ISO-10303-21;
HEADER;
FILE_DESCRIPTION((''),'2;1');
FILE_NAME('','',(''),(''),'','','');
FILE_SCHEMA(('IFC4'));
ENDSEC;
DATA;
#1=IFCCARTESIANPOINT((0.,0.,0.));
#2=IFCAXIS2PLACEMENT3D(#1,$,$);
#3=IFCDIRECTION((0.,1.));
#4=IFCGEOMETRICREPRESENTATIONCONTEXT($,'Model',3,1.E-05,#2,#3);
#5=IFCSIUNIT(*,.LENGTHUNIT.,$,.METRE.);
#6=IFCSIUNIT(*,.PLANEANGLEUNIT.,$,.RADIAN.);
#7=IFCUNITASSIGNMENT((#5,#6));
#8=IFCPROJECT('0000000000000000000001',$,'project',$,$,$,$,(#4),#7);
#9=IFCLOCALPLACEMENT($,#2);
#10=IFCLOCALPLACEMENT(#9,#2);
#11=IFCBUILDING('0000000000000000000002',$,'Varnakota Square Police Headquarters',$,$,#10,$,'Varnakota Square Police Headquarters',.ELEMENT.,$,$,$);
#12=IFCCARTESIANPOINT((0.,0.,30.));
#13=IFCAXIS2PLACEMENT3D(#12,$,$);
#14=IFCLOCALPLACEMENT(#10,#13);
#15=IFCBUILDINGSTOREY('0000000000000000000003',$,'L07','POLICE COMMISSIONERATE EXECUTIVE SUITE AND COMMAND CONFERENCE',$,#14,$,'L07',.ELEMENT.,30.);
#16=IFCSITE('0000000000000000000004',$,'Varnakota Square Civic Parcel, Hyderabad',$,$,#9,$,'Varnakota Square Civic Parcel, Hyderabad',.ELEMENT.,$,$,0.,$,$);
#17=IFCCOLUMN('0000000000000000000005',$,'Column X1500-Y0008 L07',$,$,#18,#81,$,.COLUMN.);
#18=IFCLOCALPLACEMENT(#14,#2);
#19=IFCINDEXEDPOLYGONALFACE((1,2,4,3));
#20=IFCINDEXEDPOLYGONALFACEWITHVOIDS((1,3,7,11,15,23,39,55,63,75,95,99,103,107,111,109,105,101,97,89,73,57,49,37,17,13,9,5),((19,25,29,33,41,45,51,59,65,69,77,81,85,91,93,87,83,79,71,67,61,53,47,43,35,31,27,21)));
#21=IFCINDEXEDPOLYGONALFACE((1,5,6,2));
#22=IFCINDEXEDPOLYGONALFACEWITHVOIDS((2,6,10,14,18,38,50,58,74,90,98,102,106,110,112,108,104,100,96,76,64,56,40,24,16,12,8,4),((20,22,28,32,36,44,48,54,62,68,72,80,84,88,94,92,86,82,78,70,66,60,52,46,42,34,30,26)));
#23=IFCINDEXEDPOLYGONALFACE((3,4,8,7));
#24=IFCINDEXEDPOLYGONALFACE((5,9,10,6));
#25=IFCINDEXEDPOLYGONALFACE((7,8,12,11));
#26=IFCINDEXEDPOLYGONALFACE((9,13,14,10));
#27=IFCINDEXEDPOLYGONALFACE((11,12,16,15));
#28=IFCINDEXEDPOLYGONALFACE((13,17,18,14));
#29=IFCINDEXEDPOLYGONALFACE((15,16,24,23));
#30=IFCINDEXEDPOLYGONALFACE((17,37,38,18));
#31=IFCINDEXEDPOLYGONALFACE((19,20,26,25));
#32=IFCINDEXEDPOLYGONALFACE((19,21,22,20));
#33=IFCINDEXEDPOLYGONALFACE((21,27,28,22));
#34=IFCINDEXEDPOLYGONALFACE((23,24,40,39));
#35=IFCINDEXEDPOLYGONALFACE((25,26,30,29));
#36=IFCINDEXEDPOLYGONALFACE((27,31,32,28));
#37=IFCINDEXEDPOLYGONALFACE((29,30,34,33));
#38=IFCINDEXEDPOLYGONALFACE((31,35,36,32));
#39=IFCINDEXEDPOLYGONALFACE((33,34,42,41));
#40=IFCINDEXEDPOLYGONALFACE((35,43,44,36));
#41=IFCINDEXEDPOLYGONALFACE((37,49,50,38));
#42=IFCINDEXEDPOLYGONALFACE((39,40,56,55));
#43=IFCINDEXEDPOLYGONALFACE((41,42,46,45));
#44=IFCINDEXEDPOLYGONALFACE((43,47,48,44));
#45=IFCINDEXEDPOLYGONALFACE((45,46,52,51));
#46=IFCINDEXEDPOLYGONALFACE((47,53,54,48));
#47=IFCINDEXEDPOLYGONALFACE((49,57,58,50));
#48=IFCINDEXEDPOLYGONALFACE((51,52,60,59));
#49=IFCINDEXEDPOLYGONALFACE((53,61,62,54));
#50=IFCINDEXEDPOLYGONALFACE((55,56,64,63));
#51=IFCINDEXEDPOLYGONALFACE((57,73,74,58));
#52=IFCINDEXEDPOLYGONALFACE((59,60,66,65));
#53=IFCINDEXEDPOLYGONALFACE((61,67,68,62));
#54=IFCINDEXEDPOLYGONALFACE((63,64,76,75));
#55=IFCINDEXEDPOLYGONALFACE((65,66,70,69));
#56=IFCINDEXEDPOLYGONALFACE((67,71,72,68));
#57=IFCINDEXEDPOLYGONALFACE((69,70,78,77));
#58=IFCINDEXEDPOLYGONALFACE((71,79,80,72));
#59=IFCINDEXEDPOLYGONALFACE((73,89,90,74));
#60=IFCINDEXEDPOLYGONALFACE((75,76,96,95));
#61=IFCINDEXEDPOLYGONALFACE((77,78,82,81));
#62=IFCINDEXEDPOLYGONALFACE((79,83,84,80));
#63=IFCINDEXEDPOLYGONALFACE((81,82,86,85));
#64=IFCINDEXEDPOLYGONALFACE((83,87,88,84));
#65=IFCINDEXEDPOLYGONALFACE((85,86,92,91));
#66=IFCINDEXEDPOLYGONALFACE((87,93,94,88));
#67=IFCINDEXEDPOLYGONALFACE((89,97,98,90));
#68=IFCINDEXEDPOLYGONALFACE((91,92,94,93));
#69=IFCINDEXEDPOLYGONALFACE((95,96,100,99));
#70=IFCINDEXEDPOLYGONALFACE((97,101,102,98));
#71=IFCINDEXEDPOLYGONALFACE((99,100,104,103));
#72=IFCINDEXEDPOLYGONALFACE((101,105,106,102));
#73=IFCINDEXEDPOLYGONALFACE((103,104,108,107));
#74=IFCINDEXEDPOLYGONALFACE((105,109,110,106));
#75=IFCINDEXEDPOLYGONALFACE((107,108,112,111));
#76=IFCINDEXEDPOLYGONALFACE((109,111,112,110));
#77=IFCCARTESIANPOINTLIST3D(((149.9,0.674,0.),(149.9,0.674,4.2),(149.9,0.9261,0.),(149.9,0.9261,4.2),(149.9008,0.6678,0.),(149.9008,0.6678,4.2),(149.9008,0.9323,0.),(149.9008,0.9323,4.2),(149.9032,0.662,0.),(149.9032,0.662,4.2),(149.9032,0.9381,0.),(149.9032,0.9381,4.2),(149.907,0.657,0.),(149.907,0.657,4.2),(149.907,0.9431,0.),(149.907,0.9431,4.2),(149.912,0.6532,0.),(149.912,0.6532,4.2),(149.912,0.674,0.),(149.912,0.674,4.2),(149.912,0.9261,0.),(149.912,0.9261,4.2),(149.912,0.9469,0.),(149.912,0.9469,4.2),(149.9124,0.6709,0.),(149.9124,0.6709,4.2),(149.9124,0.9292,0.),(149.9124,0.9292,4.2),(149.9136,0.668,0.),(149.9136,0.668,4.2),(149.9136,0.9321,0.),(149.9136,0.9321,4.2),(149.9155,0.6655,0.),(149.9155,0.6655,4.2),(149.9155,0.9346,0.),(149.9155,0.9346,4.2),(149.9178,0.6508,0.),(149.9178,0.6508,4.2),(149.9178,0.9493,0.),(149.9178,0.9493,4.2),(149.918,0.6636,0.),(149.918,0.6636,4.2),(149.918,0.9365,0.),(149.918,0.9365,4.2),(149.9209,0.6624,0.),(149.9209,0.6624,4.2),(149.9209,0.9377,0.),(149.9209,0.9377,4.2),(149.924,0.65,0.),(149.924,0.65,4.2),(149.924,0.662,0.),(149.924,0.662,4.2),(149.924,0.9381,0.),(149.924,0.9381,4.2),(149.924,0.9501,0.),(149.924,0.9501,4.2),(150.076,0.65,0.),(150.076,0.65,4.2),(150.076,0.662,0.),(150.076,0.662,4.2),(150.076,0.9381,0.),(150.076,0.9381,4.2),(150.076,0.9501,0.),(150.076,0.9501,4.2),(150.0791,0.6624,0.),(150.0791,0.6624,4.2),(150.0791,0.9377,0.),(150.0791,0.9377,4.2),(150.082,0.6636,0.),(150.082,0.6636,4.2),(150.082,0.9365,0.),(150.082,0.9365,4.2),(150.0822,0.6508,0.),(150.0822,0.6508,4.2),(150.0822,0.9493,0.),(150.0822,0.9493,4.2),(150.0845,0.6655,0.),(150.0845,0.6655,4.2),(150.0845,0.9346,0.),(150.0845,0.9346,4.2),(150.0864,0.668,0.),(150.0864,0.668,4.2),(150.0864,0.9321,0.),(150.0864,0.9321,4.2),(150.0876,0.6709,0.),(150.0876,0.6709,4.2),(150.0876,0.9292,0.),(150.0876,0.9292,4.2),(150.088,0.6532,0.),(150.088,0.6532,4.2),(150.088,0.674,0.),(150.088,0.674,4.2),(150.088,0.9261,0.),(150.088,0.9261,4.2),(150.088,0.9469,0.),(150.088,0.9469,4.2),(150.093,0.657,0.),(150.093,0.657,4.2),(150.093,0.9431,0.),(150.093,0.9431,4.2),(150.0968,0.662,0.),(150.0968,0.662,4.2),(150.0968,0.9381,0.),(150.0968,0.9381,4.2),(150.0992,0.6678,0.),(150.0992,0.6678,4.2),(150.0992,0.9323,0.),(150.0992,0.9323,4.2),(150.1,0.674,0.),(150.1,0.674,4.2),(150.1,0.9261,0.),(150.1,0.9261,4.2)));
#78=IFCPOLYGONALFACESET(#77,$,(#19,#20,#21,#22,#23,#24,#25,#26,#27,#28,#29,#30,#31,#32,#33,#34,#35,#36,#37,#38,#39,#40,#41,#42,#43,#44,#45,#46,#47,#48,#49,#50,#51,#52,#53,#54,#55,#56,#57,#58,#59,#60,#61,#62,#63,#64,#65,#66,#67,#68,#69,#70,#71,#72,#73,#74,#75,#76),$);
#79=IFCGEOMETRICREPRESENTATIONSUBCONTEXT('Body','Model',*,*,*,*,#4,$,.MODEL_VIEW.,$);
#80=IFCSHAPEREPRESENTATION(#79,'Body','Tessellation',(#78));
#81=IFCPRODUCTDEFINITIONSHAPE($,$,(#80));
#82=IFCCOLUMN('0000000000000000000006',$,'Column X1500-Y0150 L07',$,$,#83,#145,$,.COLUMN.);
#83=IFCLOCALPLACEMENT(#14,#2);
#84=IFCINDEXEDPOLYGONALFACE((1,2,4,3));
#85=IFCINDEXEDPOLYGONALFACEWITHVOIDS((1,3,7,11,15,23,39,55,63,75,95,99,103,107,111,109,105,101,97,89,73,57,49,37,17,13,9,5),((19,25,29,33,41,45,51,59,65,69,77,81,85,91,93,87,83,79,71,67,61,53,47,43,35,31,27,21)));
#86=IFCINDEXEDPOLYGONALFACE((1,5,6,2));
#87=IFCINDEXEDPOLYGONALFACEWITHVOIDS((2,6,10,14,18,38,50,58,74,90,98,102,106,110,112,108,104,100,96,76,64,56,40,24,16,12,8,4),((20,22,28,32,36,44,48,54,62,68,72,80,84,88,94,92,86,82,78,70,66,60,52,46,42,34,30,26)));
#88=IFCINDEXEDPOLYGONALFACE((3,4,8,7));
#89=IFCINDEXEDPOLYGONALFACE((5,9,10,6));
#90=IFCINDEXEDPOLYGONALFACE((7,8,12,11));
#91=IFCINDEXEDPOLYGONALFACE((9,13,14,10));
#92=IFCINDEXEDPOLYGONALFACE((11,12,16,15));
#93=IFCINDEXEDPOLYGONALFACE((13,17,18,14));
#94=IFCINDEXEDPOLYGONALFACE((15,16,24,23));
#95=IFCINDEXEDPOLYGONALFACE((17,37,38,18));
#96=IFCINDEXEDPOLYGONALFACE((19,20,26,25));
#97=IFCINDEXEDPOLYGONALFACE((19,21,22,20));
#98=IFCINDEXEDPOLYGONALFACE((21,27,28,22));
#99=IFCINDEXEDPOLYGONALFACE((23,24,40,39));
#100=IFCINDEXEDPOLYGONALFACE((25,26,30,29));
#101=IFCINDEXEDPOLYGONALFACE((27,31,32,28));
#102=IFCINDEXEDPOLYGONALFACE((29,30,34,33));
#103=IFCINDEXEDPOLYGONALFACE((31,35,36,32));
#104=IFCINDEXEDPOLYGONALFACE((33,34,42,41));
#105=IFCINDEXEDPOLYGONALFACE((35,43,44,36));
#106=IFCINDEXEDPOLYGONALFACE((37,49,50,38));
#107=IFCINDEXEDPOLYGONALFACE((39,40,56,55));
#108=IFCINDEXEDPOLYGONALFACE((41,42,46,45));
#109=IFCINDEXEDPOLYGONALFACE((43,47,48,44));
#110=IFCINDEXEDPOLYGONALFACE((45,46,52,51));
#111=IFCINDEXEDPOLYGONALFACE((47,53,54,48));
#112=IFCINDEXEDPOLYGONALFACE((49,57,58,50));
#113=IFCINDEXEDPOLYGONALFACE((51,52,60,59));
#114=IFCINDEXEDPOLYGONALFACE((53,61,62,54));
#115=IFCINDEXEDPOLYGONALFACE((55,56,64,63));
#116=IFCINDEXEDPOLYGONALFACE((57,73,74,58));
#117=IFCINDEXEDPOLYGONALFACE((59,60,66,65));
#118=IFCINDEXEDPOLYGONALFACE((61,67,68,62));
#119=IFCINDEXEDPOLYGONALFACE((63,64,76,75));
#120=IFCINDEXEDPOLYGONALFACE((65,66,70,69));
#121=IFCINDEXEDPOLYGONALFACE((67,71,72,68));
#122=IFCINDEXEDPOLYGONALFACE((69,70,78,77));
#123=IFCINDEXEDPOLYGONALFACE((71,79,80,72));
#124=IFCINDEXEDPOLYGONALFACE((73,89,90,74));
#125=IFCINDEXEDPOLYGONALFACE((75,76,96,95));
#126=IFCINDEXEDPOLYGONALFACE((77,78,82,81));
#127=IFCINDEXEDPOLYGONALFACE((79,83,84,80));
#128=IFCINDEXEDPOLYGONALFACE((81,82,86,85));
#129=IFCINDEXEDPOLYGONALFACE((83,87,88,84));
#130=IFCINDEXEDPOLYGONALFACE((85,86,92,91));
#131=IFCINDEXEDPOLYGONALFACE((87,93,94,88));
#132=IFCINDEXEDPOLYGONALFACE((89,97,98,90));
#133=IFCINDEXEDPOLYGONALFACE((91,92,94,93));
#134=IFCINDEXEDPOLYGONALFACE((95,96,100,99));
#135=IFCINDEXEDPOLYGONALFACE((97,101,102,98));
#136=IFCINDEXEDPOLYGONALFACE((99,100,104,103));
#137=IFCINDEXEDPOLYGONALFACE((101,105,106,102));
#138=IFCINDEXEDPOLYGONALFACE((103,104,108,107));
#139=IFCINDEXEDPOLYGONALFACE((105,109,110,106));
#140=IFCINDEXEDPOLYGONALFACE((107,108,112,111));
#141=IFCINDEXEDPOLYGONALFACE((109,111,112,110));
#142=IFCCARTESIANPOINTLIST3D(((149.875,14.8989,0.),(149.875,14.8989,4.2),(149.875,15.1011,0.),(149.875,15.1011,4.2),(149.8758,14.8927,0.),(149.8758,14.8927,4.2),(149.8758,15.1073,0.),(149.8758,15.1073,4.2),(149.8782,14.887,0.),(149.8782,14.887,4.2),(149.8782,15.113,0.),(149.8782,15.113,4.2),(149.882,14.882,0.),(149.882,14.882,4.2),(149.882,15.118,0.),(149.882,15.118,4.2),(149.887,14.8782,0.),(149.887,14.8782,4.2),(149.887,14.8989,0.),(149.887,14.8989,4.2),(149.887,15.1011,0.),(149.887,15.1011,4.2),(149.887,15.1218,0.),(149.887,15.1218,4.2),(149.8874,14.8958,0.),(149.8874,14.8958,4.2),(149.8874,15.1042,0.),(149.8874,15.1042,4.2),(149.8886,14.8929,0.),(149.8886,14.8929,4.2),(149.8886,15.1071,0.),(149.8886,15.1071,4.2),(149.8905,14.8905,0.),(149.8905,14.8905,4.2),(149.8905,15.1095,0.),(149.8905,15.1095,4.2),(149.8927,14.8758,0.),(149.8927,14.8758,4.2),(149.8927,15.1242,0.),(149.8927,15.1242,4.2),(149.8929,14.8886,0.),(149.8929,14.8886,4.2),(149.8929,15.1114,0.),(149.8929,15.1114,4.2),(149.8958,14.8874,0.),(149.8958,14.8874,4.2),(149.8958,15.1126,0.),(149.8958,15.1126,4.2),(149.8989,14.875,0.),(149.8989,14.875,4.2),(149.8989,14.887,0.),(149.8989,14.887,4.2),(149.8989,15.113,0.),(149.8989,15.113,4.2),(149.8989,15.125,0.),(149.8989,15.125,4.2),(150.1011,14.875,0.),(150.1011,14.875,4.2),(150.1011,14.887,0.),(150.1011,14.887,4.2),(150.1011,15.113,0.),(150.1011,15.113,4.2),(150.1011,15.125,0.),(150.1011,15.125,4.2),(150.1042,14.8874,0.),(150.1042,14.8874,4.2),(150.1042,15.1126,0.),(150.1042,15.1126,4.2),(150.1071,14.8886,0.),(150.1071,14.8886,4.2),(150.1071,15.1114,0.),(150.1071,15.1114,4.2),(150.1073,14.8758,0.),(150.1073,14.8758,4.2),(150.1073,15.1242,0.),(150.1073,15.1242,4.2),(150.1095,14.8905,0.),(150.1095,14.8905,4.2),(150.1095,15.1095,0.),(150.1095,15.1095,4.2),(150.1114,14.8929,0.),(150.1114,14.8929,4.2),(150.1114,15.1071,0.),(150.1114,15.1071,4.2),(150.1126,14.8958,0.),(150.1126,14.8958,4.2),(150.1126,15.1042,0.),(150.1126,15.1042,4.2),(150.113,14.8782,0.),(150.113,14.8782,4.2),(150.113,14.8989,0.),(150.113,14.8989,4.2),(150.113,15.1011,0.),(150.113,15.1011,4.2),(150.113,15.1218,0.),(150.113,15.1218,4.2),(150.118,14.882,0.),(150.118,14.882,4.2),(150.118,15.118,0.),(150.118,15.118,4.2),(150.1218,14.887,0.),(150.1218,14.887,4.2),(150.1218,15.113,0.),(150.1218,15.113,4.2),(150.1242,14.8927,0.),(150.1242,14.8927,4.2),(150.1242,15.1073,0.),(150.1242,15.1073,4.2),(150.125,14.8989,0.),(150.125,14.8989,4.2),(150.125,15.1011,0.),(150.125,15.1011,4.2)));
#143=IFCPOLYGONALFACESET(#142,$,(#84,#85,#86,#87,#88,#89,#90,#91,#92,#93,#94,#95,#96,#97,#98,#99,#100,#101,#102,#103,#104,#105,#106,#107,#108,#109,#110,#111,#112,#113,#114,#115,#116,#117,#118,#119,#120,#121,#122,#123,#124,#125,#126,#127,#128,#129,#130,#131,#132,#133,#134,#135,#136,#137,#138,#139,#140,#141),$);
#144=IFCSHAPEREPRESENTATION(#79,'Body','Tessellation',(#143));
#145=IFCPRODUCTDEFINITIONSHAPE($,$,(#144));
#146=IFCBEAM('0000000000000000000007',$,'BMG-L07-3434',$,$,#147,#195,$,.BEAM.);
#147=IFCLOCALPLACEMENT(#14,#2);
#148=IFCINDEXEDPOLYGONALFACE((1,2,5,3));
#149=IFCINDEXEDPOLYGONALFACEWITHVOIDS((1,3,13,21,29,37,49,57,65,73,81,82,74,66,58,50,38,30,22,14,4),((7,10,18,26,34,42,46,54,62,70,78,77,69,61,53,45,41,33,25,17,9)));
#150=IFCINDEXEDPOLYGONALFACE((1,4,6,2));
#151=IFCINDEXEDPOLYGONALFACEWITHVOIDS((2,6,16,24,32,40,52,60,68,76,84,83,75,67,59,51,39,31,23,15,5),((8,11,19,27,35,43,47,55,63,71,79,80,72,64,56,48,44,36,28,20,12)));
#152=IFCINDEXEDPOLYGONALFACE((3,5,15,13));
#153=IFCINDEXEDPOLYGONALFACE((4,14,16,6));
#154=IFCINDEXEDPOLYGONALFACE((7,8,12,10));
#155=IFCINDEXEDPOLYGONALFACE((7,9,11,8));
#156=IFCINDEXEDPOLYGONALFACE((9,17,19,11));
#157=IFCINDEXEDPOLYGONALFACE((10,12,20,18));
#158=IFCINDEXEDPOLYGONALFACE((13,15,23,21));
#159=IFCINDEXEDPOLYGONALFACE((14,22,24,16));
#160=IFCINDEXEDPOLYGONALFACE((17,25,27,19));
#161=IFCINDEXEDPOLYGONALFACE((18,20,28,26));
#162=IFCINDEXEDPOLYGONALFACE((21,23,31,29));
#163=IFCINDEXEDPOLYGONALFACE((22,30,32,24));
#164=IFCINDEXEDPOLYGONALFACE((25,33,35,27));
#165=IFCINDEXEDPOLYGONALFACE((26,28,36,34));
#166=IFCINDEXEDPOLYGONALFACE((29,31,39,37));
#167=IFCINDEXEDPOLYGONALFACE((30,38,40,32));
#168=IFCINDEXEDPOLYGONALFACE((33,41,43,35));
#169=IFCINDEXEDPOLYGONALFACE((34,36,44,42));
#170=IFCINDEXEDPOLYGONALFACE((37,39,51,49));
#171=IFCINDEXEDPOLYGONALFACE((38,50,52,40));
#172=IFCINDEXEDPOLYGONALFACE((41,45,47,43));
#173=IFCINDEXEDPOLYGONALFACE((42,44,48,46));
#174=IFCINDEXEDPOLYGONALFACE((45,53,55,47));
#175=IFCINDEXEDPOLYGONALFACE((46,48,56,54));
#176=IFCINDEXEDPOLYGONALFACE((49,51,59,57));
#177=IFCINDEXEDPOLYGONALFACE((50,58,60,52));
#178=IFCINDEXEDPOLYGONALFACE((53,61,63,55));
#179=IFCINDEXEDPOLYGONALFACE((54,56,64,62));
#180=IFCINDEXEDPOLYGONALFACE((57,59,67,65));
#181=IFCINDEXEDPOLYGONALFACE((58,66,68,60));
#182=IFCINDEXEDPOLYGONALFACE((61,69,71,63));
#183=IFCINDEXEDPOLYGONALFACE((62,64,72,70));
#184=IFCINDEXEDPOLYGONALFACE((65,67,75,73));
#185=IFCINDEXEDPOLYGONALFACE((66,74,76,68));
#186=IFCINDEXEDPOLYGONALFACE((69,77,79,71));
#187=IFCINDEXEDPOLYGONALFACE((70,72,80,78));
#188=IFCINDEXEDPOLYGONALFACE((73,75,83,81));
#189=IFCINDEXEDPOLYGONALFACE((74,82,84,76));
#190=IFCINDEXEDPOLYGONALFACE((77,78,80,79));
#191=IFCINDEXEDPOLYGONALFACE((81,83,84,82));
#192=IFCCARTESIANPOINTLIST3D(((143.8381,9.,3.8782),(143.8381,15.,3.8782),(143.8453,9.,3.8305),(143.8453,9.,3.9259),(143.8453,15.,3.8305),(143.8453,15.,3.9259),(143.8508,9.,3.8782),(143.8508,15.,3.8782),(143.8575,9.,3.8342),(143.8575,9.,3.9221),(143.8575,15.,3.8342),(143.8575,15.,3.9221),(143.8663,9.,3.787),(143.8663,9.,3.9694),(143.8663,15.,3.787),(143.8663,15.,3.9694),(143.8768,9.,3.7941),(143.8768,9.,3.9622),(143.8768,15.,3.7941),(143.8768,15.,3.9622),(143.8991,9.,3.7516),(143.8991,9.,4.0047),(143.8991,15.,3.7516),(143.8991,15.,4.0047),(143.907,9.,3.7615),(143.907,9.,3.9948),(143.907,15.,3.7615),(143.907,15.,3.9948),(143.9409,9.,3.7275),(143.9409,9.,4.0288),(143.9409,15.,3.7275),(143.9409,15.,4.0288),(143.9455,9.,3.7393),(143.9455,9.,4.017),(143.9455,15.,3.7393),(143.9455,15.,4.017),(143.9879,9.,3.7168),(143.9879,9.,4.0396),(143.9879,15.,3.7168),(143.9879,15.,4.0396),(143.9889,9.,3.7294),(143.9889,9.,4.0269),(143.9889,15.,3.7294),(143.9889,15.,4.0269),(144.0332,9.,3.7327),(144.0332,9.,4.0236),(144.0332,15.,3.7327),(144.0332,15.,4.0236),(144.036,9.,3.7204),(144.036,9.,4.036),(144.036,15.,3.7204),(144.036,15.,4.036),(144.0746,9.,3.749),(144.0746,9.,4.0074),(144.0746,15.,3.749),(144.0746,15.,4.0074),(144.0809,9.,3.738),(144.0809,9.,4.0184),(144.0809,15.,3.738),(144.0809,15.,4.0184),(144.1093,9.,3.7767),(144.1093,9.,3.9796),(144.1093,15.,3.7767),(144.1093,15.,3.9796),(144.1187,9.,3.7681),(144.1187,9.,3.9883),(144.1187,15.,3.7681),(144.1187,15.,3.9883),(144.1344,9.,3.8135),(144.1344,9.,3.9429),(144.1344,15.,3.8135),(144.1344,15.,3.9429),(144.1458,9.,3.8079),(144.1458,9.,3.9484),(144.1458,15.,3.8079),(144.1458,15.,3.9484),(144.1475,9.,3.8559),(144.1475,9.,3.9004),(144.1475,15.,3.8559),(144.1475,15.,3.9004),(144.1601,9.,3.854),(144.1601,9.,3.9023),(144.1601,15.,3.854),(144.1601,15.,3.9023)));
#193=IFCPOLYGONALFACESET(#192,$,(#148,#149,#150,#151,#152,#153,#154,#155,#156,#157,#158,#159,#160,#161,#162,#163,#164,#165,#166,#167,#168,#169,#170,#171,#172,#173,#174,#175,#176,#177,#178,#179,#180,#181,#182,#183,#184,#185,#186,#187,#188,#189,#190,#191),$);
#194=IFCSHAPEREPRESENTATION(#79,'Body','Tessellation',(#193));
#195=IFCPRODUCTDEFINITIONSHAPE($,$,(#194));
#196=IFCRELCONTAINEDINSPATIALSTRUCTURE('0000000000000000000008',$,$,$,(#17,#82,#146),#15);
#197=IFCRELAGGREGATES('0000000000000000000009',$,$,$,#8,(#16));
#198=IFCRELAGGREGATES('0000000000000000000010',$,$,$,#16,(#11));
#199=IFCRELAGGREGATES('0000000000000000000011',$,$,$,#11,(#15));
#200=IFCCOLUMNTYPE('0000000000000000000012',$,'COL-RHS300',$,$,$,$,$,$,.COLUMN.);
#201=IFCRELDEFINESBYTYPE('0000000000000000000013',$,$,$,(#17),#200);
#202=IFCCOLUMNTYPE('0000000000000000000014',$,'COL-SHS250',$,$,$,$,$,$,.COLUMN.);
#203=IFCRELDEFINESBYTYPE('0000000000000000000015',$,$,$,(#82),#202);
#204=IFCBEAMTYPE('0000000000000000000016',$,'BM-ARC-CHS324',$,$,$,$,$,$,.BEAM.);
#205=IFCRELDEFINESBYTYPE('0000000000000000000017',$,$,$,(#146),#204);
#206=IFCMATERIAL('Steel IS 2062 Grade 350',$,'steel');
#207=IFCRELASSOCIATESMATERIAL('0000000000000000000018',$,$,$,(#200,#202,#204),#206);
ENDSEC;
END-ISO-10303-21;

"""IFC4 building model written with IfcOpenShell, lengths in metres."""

from ifc_helpers import new_model, si_unit, direction, frame, origin, origin_2d, place, context, subcontext, project, spatial, hollow_rectangle, hollow_circle, extrude, material, material_profile, profile_set, type_object, element, save


model = new_model("IFC4")

# Units and contexts
model_context = context("Model", 3, precision=1e-05, world=origin(), true_north=direction((0.0, 1.0)))
body_context = subcontext(model_context, "Body", "Model", "MODEL_VIEW")
ifc_project = project(units=[si_unit("LENGTHUNIT", "METRE"), si_unit("PLANEANGLEUNIT", "RADIAN")], contexts=[model_context])

# Site, building, storey
site_placement = place(None, origin())
site = spatial("IfcSite", under=ifc_project, at=site_placement, Name="Varnakota Square Civic Parcel, Hyderabad", LongName="Varnakota Square Civic Parcel, Hyderabad", CompositionType="ELEMENT", RefElevation=0.0)
building_placement = place(site_placement, origin())
building = spatial("IfcBuilding", under=site, at=building_placement, Name="Varnakota Square Police Headquarters", LongName="Varnakota Square Police Headquarters", CompositionType="ELEMENT")
storey_placement = place(building_placement, frame((0.0, 0.0, 30.0)))
storey = spatial("IfcBuildingStorey", under=building, at=storey_placement, Name="L07", Description="POLICE COMMISSIONERATE EXECUTIVE SUITE AND COMMAND CONFERENCE", LongName="L07", CompositionType="ELEMENT", Elevation=30.0)

# Columns
ifc_material_1 = material(Name="Steel IS 2062 Grade 350", Category="steel")
ifc_material_profile_1 = material_profile(ifc_material_1, hollow_rectangle(XDim=0.2, YDim=0.3, WallThickness=0.012, InnerFilletRadius=0.012, OuterFilletRadius=0.0239, at=origin_2d()), Name="RHS 300x200x12")
ifc_profile_set_1 = profile_set([ifc_material_profile_1], Name="Steel IS 2062 Grade 350")
column_type_1 = type_object("IfcColumnType", Name="COL-RHS300", PredefinedType="COLUMN", material=ifc_profile_set_1)
for number, where, z_axis, x_axis, name in (
    (1, (150.0, 0.8, 0.0), (0.0, 0.0, 1.0), (1.0, 0.0, 0.0), "Column X1500-Y0008 L07"),
):
    element("IfcColumn", number, at=place(storey_placement, frame(where, z_axis=z_axis, x_axis=x_axis)), inside=storey, type_object=column_type_1, Name=name, PredefinedType="COLUMN", context=body_context, shape_type="SweptSolid", body=[
        extrude(hollow_rectangle(XDim=0.2, YDim=0.3, WallThickness=0.012, InnerFilletRadius=0.012, OuterFilletRadius=0.0239, at=origin_2d()), origin(), (0.0, 0.0, 1.0), 4.2),
    ])
ifc_material_profile_2 = material_profile(ifc_material_1, hollow_rectangle(XDim=0.25, YDim=0.25, WallThickness=0.012, InnerFilletRadius=0.012, OuterFilletRadius=0.0239, at=origin_2d()), Name="SHS 250x250x12")
ifc_profile_set_2 = profile_set([ifc_material_profile_2], Name="Steel IS 2062 Grade 350")
column_type_2 = type_object("IfcColumnType", Name="COL-SHS250", PredefinedType="COLUMN", material=ifc_profile_set_2)
column_placement = place(storey_placement, frame((150.0, 15.0, 0.0), z_axis=(0.0, 0.0, 1.0), x_axis=(1.0, 0.0, 0.0)))
element("IfcColumn", 2, at=column_placement, inside=storey, type_object=column_type_2, Name="Column X1500-Y0150 L07", PredefinedType="COLUMN", context=body_context, shape_type="SweptSolid", body=[
    extrude(hollow_rectangle(XDim=0.25, YDim=0.25, WallThickness=0.012, InnerFilletRadius=0.012, OuterFilletRadius=0.0239, at=origin_2d()), origin(), (0.0, 0.0, 1.0), 4.2),
])

# Beam
ifc_material_profile_3 = material_profile(ifc_material_1, hollow_circle(Radius=0.1619, WallThickness=0.0127, at=origin_2d()), Name="CHS 323.9x12.7")
ifc_profile_set_3 = profile_set([ifc_material_profile_3], Name="Steel IS 2062 Grade 350")
beam_type_1 = type_object("IfcBeamType", Name="BM-ARC-CHS324", PredefinedType="BEAM", material=ifc_profile_set_3)
for number, where, z_axis, x_axis, name in (
    (3, (144.0, 9.0, 3.8782), (0.0, 1.0, 0.0), (-1.0, 0.0, 0.0), "BMG-L07-3434"),
):
    element("IfcBeam", number, at=place(storey_placement, frame(where, z_axis=z_axis, x_axis=x_axis)), inside=storey, type_object=beam_type_1, Name=name, PredefinedType="BEAM", context=body_context, shape_type="SweptSolid", body=[
        extrude(hollow_circle(Radius=0.1619, WallThickness=0.0127, at=origin_2d()), origin(), (0.0, 0.0, 1.0), 6.0),
    ])

save(model, "model.ifc")
